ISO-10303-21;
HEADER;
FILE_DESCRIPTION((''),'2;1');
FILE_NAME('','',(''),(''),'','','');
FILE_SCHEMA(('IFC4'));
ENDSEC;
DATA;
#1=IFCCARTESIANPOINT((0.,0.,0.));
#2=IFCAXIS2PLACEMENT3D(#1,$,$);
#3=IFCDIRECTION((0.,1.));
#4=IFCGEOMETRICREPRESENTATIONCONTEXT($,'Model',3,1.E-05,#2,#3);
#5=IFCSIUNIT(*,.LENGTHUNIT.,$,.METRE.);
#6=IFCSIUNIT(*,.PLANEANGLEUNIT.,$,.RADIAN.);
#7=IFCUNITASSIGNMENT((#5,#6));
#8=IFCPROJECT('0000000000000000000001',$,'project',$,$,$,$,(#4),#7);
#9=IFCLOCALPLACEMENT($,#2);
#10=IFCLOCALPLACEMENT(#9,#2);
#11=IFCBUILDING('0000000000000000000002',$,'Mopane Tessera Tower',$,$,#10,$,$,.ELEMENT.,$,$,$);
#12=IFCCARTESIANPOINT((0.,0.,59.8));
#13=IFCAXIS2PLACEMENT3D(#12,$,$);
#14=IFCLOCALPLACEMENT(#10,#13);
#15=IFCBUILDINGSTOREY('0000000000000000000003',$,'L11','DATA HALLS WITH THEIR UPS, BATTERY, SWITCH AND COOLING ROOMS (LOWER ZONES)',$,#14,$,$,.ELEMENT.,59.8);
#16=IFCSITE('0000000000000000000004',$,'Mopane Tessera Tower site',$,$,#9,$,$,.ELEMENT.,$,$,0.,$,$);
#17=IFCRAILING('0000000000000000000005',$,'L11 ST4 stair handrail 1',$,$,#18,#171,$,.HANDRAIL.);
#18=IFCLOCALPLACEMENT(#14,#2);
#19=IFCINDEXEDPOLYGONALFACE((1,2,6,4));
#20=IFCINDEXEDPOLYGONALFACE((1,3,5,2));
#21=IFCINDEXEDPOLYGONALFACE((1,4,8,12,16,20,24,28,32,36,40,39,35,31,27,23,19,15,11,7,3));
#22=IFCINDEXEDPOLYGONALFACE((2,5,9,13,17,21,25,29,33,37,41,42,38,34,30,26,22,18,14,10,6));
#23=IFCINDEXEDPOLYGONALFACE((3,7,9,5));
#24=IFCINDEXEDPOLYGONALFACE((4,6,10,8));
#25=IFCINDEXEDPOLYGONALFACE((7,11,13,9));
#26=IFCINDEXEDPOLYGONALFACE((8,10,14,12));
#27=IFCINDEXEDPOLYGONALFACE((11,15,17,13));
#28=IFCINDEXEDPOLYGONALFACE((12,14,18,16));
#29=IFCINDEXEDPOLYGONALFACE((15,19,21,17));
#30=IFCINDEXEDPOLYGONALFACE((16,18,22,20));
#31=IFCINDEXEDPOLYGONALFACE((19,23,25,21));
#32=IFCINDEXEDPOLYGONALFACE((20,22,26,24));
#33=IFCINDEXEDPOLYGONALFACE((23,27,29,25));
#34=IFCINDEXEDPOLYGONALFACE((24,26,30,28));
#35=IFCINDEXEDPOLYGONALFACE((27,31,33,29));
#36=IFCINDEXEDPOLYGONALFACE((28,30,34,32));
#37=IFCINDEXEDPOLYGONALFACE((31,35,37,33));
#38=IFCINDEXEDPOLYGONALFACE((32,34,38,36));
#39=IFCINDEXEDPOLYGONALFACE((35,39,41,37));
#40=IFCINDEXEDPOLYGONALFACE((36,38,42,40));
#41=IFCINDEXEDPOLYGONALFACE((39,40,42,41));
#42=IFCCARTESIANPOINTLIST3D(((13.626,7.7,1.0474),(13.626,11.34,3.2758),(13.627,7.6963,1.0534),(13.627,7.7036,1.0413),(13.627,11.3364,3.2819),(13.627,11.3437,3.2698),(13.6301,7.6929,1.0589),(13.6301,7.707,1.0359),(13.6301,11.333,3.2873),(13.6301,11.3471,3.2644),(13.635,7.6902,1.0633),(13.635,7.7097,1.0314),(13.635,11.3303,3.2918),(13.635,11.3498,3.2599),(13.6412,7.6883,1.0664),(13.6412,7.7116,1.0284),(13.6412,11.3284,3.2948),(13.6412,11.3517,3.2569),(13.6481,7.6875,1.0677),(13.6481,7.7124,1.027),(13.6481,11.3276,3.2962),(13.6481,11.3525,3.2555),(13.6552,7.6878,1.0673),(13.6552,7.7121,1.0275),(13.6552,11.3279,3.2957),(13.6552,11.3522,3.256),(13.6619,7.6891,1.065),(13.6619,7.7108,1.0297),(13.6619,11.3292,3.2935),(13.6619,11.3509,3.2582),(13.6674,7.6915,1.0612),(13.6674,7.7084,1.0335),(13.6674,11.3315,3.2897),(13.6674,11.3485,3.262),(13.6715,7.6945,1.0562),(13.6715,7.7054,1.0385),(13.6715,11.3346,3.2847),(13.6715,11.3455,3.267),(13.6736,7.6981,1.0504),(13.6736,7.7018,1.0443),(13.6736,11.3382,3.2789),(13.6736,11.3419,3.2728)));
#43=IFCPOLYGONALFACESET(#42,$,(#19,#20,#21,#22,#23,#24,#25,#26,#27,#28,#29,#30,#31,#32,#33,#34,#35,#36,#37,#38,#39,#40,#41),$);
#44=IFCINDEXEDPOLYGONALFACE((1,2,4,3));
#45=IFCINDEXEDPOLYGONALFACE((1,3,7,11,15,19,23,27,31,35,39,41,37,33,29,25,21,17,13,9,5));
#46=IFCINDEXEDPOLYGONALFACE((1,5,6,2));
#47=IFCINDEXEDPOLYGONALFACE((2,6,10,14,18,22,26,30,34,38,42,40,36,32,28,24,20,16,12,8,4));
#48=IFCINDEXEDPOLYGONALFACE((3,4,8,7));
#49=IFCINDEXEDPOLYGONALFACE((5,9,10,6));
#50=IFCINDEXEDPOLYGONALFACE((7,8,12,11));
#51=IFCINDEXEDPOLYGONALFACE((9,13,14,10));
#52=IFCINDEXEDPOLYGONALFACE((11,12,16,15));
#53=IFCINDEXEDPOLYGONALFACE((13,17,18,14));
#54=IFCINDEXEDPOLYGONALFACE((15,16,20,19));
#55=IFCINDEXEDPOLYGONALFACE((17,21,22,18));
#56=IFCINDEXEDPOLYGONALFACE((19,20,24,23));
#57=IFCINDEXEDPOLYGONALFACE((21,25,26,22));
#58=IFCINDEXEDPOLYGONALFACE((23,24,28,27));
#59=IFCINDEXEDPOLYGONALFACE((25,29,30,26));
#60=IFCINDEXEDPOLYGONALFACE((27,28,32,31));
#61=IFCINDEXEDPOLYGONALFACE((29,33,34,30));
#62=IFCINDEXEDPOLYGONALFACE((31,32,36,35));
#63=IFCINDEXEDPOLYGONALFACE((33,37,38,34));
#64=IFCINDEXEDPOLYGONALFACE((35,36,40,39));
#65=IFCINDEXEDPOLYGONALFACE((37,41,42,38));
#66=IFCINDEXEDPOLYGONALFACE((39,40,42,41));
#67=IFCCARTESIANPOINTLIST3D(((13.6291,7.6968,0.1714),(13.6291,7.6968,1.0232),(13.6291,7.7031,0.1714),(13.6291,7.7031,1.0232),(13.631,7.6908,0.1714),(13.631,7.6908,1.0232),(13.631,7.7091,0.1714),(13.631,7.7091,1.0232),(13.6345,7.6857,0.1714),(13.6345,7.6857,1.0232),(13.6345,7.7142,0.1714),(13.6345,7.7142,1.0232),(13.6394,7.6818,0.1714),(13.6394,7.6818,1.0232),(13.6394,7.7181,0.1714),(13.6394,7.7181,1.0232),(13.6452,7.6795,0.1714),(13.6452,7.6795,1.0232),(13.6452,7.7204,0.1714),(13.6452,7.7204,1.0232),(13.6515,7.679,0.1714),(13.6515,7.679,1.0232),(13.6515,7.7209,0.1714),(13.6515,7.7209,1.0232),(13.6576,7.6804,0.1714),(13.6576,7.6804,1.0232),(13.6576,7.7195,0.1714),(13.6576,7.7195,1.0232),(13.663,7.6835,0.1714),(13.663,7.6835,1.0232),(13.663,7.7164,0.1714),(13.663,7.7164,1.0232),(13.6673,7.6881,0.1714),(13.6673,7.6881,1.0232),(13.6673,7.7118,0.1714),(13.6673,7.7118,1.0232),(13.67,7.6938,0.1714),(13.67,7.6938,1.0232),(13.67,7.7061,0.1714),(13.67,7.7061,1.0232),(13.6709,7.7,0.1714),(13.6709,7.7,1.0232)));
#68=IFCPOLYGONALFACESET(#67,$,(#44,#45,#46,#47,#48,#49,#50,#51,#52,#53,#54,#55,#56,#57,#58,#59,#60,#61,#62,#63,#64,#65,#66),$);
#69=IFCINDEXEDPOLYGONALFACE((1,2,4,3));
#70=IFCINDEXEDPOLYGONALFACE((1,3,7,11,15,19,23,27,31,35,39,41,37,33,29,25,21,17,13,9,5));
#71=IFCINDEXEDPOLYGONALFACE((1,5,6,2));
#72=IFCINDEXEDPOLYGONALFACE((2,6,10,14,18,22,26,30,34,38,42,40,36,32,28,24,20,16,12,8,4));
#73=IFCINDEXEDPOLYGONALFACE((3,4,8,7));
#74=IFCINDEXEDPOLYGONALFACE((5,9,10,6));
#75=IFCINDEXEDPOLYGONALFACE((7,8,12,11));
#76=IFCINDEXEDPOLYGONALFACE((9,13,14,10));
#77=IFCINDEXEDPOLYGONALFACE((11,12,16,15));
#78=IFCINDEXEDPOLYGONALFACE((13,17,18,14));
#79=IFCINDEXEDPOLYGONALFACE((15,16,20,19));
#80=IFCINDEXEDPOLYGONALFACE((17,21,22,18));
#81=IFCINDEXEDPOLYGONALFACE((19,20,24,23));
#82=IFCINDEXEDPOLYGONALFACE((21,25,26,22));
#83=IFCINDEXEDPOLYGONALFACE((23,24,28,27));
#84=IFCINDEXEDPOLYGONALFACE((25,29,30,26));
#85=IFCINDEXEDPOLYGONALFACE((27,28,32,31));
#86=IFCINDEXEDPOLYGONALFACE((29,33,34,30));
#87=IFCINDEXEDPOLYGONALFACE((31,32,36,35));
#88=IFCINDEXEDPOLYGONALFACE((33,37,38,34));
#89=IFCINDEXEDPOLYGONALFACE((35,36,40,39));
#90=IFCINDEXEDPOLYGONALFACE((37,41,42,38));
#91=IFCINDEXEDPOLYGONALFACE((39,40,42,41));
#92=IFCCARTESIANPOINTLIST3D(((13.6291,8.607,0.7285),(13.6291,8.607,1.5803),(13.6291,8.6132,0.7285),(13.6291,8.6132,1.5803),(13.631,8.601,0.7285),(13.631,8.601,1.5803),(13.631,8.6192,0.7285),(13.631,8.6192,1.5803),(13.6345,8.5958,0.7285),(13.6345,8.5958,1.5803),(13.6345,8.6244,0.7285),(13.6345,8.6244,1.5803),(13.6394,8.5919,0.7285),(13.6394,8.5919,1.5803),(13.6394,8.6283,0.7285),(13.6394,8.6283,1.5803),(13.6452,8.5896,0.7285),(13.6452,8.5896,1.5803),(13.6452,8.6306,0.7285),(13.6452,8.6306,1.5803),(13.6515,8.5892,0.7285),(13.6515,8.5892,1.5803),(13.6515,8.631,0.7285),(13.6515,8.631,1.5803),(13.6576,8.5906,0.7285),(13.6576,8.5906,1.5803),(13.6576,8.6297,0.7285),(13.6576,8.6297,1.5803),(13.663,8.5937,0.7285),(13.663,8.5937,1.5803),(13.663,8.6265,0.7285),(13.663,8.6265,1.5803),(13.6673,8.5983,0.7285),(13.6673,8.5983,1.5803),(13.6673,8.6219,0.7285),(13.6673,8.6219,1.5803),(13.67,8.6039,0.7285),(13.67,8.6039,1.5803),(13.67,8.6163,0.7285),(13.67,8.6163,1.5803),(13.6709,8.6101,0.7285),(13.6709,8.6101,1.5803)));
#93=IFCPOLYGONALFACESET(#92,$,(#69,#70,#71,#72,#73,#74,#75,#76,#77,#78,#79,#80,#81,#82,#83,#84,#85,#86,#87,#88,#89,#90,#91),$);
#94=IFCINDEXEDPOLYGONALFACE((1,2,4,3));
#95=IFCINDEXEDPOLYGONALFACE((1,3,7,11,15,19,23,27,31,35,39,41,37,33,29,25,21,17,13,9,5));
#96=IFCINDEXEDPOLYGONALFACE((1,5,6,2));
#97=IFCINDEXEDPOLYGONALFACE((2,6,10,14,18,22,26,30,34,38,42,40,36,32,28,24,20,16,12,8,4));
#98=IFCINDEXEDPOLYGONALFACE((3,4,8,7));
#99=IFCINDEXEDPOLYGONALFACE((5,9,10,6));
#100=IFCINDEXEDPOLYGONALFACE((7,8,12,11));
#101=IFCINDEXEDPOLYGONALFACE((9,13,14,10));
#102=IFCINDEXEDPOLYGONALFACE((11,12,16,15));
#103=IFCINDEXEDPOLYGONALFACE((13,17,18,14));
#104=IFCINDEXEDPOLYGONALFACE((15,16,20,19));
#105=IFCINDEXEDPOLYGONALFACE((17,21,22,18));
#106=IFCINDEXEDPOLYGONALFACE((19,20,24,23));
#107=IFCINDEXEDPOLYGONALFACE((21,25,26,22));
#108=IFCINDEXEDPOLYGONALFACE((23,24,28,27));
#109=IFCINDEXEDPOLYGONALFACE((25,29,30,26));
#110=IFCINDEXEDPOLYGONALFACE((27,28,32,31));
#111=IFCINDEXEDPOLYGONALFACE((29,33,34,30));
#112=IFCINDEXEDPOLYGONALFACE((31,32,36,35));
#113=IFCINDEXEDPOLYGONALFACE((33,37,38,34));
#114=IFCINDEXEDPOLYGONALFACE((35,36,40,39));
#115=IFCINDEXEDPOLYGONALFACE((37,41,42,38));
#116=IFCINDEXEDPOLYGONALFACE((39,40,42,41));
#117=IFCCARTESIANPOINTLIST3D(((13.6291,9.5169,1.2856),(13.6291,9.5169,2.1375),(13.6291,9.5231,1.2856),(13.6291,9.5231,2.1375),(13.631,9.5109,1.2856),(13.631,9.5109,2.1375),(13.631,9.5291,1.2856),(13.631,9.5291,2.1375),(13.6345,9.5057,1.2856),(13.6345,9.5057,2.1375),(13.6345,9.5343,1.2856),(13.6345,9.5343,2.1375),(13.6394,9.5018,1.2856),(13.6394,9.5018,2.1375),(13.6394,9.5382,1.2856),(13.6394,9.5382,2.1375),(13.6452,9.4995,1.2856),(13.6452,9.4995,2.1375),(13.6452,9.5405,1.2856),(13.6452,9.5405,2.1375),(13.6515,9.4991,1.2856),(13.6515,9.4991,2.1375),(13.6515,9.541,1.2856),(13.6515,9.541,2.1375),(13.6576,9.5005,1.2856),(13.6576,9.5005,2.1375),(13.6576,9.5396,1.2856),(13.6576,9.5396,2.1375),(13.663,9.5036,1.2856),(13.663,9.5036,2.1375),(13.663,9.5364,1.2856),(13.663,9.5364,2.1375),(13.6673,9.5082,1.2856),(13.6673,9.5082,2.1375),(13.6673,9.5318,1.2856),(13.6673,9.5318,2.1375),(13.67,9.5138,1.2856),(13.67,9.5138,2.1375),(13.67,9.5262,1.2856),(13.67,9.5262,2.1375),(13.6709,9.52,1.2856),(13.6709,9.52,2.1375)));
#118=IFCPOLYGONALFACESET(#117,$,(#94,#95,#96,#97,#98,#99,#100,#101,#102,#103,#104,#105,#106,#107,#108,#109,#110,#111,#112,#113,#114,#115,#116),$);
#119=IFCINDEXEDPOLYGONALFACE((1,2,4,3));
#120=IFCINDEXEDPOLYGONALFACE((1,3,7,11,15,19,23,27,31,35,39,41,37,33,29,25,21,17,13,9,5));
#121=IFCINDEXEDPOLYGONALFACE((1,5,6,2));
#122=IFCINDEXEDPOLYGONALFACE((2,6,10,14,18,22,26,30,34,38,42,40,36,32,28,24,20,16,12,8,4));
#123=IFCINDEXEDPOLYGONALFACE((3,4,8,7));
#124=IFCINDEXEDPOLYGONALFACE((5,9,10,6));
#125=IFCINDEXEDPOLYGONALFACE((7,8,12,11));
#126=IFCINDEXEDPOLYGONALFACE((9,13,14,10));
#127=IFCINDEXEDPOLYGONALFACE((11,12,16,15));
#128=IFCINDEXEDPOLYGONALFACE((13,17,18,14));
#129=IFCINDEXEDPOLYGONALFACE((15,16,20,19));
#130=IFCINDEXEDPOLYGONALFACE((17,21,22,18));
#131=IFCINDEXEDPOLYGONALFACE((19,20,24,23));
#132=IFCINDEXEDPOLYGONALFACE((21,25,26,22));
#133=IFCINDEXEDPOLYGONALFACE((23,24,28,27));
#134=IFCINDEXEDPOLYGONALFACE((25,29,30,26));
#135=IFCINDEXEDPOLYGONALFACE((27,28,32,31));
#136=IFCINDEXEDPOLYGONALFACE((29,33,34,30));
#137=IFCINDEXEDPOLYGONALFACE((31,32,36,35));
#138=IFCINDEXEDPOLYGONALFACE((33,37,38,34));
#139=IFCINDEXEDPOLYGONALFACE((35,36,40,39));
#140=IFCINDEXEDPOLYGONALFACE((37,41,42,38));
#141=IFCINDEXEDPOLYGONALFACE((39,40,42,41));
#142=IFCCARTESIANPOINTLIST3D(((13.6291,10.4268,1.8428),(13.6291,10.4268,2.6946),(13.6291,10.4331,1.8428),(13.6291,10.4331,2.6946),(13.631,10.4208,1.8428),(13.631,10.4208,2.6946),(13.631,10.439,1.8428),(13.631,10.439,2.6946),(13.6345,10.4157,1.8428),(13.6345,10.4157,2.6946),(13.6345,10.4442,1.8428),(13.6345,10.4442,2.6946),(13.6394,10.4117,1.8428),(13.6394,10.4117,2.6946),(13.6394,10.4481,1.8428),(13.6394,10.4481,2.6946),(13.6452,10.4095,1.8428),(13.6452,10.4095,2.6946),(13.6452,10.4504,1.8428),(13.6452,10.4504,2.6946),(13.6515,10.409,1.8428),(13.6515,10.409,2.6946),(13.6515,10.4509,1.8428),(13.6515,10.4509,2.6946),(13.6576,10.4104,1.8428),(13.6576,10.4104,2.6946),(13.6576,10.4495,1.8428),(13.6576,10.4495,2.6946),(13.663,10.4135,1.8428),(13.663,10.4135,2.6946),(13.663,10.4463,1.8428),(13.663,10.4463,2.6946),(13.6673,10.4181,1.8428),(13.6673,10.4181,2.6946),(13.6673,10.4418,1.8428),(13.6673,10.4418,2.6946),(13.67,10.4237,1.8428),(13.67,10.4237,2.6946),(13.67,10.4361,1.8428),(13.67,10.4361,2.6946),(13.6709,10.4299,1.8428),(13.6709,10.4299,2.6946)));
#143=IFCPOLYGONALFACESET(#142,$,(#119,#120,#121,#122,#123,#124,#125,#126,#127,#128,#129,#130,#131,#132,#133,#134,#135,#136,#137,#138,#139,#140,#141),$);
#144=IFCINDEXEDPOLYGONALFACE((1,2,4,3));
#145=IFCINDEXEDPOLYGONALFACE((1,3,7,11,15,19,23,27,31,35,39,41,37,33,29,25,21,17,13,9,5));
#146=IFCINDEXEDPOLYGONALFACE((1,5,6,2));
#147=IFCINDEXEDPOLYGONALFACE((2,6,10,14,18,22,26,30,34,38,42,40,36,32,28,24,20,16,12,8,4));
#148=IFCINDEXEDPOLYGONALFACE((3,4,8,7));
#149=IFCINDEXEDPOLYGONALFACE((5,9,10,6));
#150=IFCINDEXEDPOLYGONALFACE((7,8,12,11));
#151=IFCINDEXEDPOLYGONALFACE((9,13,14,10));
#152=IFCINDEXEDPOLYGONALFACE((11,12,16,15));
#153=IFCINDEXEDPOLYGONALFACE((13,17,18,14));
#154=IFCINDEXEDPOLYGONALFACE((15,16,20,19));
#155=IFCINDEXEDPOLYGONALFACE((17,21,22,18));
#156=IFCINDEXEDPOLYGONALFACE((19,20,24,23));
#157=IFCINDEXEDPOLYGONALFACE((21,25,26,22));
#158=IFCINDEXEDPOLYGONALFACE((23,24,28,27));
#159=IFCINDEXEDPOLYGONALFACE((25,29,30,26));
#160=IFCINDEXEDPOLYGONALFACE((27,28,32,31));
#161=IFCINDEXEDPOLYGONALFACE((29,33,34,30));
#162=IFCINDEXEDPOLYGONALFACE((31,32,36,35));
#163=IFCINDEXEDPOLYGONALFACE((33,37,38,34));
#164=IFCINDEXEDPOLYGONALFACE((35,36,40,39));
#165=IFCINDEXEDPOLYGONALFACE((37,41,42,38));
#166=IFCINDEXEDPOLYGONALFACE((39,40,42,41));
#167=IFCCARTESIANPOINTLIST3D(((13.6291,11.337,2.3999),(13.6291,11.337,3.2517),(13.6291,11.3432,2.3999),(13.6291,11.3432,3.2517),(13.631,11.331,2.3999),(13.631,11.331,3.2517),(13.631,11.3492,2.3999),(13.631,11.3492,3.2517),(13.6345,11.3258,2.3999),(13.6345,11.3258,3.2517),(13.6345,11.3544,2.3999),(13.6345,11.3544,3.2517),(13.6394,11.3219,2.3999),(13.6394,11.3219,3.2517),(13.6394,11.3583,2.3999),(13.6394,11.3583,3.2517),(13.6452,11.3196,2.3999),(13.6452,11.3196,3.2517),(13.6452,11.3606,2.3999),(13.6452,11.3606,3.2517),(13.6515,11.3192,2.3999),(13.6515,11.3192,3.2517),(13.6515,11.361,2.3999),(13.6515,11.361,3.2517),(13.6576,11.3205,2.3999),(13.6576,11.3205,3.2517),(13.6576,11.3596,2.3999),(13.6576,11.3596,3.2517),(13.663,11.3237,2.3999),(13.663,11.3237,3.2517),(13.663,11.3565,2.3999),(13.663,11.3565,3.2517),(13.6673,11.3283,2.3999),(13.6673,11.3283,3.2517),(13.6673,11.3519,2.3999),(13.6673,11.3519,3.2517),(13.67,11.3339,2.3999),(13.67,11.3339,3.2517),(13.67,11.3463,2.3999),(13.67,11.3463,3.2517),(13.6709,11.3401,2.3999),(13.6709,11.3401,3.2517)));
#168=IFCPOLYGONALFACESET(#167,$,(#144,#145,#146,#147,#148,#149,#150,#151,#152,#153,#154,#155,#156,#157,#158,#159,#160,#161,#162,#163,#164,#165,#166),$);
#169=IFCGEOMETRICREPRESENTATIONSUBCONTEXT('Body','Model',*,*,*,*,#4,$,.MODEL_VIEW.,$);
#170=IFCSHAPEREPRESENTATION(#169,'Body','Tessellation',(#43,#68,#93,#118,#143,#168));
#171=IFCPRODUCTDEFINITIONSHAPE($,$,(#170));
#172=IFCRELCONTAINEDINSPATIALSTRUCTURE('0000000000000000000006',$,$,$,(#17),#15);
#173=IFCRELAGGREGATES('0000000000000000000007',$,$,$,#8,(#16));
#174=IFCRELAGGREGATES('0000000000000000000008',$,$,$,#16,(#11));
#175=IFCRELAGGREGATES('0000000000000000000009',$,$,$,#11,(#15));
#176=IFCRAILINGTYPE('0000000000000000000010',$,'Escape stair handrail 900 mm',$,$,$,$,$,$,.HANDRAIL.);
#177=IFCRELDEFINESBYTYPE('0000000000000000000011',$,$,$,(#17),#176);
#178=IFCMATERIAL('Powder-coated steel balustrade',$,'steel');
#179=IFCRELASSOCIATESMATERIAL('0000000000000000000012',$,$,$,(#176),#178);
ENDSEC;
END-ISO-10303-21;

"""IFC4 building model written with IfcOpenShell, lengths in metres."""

from ifc_helpers import new_model, si_unit, direction, frame, origin, origin_2d, place, context, subcontext, project, spatial, circle, extrude, material, type_object, element, save


model = new_model("IFC4")

# Units and contexts
model_context = context("Model", 3, precision=1e-05, world=origin(), true_north=direction((0.0, 1.0)))
body_context = subcontext(model_context, "Body", "Model", "MODEL_VIEW")
ifc_project = project(units=[si_unit("LENGTHUNIT", "METRE"), si_unit("PLANEANGLEUNIT", "RADIAN")], contexts=[model_context])

# Site, building, storey
site_placement = place(None, origin())
site = spatial("IfcSite", under=ifc_project, at=site_placement, Name="Mopane Tessera Tower site", CompositionType="ELEMENT", RefElevation=0.0)
building_placement = place(site_placement, origin())
building = spatial("IfcBuilding", under=site, at=building_placement, Name="Mopane Tessera Tower", CompositionType="ELEMENT")
storey_placement = place(building_placement, frame((0.0, 0.0, 59.8)))
storey = spatial("IfcBuildingStorey", under=building, at=storey_placement, Name="L11", Description="DATA HALLS WITH THEIR UPS, BATTERY, SWITCH AND COOLING ROOMS (LOWER ZONES)", CompositionType="ELEMENT", Elevation=59.8)

# Railing
ifc_material_1 = material(Name="Powder-coated steel balustrade", Category="steel")
railing_type_1 = type_object("IfcRailingType", Name="Escape stair handrail 900 mm", PredefinedType="HANDRAIL", material=ifc_material_1)
railing_1_placement = place(storey_placement, frame((13.6499, 7.7, 0.1714)))
element("IfcRailing", 1, at=railing_1_placement, inside=storey, type_object=railing_type_1, Name="L11 ST4 stair handrail 1", PredefinedType="HANDRAIL", context=body_context, shape_type="SweptSolid", body=[
    extrude(circle(Radius=0.0239, at=origin_2d()), frame((0.0, 0.0, 0.876), z_axis=(0.0, 0.852866, 0.52213), x_axis=(-1.0, 0.0, 0.0)), (0.0, 0.0, 1.0), 4.2681),
    extrude(circle(Radius=0.021, at=origin_2d()), origin(), (0.0, 0.0, 1.0), 0.8518),
    extrude(circle(Radius=0.021, at=origin_2d()), frame((0.0, 0.9102, 0.5571)), (0.0, 0.0, 1.0), 0.8518),
    extrude(circle(Radius=0.021, at=origin_2d()), frame((0.0, 1.8201, 1.1143)), (0.0, 0.0, 1.0), 0.8518),
    extrude(circle(Radius=0.021, at=origin_2d()), frame((0.0, 2.73, 1.6714)), (0.0, 0.0, 1.0), 0.8518),
    extrude(circle(Radius=0.021, at=origin_2d()), frame((0.0, 3.6401, 2.2285)), (0.0, 0.0, 1.0), 0.8518),
])

save(model, "model.ifc")
